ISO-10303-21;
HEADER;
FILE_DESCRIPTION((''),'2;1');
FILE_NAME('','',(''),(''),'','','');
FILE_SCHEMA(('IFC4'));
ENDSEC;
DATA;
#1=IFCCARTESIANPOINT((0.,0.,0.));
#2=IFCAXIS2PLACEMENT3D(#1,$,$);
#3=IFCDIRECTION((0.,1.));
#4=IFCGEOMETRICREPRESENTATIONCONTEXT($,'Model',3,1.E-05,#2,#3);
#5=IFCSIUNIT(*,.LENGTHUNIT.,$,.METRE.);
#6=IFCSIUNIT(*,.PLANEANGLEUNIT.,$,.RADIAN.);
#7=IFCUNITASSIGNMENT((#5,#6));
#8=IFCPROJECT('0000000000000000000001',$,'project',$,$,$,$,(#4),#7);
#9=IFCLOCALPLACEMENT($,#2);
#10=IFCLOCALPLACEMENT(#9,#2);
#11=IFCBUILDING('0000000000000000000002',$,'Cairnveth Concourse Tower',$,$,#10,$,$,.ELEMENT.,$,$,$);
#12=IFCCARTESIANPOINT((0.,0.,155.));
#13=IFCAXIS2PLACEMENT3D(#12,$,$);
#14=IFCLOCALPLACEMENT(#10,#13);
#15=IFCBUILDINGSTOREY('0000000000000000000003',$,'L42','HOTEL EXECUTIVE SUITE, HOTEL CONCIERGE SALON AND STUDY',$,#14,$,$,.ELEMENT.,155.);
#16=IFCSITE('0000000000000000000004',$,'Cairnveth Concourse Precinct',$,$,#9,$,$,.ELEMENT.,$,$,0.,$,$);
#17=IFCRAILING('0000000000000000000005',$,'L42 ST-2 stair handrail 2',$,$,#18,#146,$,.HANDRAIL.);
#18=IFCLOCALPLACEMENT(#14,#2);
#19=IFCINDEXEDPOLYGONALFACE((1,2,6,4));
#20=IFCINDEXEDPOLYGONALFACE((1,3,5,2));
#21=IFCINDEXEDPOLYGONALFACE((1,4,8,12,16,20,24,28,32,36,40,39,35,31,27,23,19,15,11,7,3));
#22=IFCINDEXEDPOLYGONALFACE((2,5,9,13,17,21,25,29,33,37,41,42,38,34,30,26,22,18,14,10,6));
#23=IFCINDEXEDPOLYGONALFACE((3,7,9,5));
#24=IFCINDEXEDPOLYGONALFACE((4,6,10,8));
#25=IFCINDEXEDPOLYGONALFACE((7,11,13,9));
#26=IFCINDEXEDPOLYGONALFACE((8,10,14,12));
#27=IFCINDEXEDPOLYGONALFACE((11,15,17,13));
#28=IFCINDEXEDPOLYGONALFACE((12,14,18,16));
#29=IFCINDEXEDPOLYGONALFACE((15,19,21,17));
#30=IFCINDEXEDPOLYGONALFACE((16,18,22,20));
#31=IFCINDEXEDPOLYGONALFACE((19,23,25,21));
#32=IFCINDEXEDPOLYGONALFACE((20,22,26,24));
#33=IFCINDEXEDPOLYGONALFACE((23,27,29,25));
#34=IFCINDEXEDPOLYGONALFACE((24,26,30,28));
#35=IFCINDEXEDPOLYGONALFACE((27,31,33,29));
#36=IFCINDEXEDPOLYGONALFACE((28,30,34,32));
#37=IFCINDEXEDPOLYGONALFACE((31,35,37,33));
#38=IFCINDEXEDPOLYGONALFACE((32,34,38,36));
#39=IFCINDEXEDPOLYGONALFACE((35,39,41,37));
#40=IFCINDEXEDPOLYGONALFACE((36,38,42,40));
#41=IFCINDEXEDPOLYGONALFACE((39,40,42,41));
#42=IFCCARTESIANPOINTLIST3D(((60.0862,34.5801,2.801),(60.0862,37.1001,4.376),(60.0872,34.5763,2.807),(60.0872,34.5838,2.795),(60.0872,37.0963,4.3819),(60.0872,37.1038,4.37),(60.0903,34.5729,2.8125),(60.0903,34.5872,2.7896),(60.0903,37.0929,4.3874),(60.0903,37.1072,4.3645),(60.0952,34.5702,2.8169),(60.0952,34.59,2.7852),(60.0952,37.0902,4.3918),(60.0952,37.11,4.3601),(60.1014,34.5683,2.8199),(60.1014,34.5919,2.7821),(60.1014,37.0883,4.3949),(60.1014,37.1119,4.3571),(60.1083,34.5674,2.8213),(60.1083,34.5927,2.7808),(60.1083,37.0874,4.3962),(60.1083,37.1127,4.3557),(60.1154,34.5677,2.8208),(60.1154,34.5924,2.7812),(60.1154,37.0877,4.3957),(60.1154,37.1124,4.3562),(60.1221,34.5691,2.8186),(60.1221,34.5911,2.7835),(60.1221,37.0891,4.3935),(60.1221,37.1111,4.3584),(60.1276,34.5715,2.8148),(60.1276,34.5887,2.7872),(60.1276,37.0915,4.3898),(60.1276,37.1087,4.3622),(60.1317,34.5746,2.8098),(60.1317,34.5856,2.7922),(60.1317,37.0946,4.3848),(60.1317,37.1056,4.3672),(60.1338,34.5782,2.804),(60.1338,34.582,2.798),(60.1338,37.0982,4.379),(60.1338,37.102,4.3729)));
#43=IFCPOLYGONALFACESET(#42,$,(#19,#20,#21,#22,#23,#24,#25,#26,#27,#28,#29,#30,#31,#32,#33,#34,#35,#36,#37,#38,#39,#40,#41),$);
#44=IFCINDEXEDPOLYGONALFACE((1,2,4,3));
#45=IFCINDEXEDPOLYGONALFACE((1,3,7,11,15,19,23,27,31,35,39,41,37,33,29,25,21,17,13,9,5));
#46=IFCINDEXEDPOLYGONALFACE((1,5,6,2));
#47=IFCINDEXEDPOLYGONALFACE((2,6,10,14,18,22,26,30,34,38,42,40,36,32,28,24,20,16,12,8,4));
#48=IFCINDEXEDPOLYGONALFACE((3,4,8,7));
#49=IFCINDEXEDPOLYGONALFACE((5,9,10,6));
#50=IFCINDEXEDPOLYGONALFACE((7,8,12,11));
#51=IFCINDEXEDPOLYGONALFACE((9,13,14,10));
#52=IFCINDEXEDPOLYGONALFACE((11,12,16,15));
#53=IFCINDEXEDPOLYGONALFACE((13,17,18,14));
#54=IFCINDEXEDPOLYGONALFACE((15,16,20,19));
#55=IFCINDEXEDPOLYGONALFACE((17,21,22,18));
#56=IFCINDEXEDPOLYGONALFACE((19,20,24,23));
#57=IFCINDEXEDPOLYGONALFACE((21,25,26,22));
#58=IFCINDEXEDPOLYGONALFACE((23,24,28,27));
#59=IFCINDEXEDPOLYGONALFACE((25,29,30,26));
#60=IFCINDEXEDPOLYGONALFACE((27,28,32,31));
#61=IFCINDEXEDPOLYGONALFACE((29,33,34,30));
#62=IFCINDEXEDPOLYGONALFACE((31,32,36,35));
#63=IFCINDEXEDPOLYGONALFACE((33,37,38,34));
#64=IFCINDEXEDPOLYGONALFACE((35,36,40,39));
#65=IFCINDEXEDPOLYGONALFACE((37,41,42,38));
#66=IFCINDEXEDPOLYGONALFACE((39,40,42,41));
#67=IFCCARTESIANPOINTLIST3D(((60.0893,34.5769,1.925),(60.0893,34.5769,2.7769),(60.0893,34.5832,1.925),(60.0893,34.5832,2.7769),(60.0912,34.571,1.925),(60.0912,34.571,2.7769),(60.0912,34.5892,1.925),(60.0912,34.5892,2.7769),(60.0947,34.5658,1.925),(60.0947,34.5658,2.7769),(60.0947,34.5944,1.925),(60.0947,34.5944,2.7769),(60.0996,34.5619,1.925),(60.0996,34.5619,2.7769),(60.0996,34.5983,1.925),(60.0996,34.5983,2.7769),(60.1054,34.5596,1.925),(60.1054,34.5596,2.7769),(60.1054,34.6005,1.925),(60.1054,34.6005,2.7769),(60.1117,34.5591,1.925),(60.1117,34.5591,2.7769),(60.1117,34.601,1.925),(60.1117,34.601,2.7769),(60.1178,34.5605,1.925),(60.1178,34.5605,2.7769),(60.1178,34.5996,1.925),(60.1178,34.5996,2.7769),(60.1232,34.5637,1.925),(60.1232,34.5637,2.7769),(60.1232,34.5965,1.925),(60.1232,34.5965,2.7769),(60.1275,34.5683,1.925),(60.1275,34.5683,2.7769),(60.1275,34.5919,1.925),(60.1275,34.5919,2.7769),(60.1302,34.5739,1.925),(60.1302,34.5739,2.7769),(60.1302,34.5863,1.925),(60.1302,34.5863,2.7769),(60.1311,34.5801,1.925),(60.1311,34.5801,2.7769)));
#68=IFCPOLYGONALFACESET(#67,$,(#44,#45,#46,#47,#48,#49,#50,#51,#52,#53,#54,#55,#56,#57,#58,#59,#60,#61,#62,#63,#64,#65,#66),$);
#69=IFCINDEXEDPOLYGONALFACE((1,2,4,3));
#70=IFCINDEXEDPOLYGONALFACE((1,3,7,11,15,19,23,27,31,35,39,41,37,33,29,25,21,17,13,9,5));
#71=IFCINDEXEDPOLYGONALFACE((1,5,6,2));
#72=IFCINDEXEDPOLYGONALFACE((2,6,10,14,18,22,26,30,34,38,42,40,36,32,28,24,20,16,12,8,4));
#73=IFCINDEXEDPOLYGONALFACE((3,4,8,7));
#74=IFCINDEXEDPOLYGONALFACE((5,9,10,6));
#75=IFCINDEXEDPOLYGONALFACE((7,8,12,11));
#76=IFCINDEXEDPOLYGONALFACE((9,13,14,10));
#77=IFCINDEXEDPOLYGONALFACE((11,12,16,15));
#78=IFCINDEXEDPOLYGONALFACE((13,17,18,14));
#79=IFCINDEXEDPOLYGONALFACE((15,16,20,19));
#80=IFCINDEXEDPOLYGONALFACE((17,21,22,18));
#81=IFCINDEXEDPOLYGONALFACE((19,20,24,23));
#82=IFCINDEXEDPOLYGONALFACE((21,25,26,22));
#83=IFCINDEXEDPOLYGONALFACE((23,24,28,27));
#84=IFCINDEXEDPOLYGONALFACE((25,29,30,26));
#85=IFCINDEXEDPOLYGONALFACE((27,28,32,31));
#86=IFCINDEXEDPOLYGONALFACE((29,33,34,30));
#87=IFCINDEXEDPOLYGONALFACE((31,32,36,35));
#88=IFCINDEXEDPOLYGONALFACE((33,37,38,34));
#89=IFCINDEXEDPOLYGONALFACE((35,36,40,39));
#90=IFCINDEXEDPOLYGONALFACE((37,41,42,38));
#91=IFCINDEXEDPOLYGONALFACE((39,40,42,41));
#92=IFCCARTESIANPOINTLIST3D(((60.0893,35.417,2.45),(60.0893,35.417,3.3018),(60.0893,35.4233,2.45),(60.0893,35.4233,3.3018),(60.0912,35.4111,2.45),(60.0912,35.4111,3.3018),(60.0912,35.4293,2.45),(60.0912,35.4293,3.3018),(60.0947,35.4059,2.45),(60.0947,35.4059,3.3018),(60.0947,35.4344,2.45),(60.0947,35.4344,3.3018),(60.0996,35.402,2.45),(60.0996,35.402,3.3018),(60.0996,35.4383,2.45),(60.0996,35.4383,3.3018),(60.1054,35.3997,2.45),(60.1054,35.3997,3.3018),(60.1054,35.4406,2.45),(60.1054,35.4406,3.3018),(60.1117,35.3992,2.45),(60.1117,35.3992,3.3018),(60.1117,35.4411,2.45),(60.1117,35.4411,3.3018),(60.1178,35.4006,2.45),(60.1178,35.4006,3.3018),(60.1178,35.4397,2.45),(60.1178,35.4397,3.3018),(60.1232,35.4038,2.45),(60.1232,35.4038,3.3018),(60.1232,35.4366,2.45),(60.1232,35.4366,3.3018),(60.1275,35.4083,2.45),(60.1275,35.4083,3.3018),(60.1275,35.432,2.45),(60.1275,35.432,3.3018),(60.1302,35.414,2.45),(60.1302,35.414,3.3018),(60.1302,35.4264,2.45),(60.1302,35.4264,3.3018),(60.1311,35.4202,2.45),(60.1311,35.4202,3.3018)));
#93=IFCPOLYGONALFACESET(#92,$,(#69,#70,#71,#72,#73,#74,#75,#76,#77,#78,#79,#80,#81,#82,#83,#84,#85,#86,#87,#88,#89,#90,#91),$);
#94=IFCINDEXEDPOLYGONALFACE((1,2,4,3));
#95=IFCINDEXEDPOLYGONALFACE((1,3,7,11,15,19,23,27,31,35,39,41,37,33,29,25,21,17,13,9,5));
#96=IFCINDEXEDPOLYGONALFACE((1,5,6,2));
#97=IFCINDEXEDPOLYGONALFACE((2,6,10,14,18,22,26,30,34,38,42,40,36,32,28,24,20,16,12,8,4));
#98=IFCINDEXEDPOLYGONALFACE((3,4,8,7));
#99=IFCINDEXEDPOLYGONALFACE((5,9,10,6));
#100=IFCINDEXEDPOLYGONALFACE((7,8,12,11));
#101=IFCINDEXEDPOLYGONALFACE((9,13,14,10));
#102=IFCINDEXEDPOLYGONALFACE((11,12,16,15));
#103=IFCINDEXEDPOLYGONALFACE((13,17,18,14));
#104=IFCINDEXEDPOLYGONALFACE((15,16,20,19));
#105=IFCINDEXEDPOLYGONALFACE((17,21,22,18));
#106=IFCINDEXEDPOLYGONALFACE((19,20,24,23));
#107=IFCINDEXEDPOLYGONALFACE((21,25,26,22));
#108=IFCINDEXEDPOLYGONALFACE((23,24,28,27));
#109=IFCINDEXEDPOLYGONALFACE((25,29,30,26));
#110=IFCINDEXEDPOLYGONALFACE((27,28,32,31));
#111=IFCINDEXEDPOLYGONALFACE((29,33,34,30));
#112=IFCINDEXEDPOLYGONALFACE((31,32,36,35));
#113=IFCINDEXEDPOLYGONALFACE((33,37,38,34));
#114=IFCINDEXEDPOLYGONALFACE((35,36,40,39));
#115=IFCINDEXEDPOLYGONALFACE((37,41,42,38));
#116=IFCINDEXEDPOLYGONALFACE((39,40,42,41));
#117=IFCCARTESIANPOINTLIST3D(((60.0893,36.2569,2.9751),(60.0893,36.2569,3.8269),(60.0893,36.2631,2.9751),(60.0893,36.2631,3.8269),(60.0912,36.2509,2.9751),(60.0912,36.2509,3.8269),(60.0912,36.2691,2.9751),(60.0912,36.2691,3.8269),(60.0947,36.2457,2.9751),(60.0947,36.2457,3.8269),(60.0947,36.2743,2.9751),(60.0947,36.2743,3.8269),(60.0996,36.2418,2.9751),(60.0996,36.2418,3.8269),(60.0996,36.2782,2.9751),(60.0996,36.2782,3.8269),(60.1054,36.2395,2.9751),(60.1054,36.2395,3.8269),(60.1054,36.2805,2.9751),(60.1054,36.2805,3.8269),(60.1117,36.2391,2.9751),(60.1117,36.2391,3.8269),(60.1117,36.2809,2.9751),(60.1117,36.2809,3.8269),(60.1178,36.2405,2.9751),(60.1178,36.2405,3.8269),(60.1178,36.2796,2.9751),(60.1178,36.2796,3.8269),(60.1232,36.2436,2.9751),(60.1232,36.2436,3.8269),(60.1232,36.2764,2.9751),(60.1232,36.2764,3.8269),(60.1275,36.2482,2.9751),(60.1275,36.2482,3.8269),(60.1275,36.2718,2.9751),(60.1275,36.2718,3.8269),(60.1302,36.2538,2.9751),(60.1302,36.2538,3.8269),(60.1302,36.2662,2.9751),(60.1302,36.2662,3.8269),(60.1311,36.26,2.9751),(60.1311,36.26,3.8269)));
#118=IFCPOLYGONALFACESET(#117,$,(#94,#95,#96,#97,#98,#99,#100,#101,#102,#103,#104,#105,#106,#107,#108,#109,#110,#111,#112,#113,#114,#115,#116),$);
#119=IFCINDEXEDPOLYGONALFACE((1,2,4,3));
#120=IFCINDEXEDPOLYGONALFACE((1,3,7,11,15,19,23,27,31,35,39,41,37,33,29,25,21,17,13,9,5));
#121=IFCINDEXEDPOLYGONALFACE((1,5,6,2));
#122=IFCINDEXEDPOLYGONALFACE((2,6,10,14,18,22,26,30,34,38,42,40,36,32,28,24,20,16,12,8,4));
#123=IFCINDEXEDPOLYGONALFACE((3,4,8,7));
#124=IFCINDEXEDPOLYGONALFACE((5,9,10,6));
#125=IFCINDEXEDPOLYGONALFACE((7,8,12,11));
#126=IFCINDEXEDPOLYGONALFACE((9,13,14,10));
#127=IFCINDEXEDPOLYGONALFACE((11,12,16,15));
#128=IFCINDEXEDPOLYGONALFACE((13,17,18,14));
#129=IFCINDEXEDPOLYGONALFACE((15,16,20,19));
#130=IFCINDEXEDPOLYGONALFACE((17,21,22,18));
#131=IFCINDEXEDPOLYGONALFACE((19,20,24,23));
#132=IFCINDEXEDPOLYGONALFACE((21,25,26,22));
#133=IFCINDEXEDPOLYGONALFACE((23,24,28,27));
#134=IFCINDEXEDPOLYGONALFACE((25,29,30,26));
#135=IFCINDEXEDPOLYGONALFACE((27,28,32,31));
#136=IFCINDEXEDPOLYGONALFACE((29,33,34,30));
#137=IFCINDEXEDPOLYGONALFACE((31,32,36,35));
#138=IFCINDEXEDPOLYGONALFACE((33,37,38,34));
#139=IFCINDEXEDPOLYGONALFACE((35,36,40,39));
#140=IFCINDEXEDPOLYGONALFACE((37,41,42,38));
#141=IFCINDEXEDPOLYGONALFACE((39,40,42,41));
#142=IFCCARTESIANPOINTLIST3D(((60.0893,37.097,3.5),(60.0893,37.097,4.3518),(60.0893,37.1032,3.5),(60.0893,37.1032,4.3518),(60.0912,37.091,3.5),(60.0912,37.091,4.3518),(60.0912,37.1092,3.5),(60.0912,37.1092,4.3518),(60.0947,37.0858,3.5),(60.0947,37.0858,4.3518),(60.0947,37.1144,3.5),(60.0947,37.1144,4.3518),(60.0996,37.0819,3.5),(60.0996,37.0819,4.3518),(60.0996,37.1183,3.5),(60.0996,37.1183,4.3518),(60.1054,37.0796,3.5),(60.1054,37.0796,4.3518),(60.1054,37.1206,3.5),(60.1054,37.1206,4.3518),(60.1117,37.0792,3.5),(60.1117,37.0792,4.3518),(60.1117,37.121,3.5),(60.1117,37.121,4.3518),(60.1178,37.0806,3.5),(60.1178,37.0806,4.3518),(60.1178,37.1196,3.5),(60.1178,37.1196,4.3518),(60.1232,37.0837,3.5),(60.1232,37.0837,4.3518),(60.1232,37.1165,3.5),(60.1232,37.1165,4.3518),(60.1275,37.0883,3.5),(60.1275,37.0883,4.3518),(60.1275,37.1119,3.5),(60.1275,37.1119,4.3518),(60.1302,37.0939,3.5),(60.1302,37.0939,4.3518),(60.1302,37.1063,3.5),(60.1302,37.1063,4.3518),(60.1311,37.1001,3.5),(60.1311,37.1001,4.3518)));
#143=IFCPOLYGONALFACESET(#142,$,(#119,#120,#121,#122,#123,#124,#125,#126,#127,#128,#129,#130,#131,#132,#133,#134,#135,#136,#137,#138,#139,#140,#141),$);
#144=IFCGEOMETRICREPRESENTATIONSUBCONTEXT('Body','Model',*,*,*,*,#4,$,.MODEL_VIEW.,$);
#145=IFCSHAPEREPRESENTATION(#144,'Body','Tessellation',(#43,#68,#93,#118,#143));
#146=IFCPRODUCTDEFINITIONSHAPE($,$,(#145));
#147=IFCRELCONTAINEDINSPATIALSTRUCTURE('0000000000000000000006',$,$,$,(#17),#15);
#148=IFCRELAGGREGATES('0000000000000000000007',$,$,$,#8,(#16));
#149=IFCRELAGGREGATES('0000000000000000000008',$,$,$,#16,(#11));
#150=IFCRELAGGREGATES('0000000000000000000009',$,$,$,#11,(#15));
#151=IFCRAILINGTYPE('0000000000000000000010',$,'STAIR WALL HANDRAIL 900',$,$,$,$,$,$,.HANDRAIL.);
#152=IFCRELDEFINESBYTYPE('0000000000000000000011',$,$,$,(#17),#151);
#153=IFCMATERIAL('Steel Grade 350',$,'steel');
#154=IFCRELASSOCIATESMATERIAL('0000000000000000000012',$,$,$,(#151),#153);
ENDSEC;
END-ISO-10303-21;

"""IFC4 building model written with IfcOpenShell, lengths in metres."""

from ifc_helpers import new_model, si_unit, direction, frame, origin, origin_2d, place, context, subcontext, project, spatial, circle, extrude, material, type_object, element, save


model = new_model("IFC4")

# Units and contexts
model_context = context("Model", 3, precision=1e-05, world=origin(), true_north=direction((0.0, 1.0)))
body_context = subcontext(model_context, "Body", "Model", "MODEL_VIEW")
ifc_project = project(units=[si_unit("LENGTHUNIT", "METRE"), si_unit("PLANEANGLEUNIT", "RADIAN")], contexts=[model_context])

# Site, building, storey
site_placement = place(None, origin())
site = spatial("IfcSite", under=ifc_project, at=site_placement, Name="Cairnveth Concourse Precinct", CompositionType="ELEMENT", RefElevation=0.0)
building_placement = place(site_placement, origin())
building = spatial("IfcBuilding", under=site, at=building_placement, Name="Cairnveth Concourse Tower", CompositionType="ELEMENT")
storey_placement = place(building_placement, frame((0.0, 0.0, 155.0)))
storey = spatial("IfcBuildingStorey", under=building, at=storey_placement, Name="L42", Description="HOTEL EXECUTIVE SUITE, HOTEL CONCIERGE SALON AND STUDY", CompositionType="ELEMENT", Elevation=155.0)

# Shared definitions
ifc_material_1 = material(Name="Steel Grade 350", Category="steel")

# Railing
railing_type_1 = type_object("IfcRailingType", Name="STAIR WALL HANDRAIL 900", PredefinedType="HANDRAIL", material=ifc_material_1)
railing_1_placement = place(storey_placement, frame((60.1101, 34.5801, 1.925)))
element("IfcRailing", 1, at=railing_1_placement, inside=storey, type_object=railing_type_1, Name="L42 ST-2 stair handrail 2", PredefinedType="HANDRAIL", context=body_context, shape_type="SweptSolid", body=[
    extrude(circle(Radius=0.0239, at=origin_2d()), frame((0.0, 0.0, 0.876), z_axis=(0.0, 0.848008, 0.529984), x_axis=(-1.0, 0.0, 0.0)), (0.0, 0.0, 1.0), 2.9717),
    extrude(circle(Radius=0.021, at=origin_2d()), origin(), (0.0, 0.0, 1.0), 0.8518),
    extrude(circle(Radius=0.021, at=origin_2d()), frame((0.0, 0.8401, 0.5249)), (0.0, 0.0, 1.0), 0.8518),
    extrude(circle(Radius=0.021, at=origin_2d()), frame((0.0, 1.6799, 1.05)), (0.0, 0.0, 1.0), 0.8518),
    extrude(circle(Radius=0.021, at=origin_2d()), frame((0.0, 2.52, 1.575)), (0.0, 0.0, 1.0), 0.8518),
])

save(model, "model.ifc")
